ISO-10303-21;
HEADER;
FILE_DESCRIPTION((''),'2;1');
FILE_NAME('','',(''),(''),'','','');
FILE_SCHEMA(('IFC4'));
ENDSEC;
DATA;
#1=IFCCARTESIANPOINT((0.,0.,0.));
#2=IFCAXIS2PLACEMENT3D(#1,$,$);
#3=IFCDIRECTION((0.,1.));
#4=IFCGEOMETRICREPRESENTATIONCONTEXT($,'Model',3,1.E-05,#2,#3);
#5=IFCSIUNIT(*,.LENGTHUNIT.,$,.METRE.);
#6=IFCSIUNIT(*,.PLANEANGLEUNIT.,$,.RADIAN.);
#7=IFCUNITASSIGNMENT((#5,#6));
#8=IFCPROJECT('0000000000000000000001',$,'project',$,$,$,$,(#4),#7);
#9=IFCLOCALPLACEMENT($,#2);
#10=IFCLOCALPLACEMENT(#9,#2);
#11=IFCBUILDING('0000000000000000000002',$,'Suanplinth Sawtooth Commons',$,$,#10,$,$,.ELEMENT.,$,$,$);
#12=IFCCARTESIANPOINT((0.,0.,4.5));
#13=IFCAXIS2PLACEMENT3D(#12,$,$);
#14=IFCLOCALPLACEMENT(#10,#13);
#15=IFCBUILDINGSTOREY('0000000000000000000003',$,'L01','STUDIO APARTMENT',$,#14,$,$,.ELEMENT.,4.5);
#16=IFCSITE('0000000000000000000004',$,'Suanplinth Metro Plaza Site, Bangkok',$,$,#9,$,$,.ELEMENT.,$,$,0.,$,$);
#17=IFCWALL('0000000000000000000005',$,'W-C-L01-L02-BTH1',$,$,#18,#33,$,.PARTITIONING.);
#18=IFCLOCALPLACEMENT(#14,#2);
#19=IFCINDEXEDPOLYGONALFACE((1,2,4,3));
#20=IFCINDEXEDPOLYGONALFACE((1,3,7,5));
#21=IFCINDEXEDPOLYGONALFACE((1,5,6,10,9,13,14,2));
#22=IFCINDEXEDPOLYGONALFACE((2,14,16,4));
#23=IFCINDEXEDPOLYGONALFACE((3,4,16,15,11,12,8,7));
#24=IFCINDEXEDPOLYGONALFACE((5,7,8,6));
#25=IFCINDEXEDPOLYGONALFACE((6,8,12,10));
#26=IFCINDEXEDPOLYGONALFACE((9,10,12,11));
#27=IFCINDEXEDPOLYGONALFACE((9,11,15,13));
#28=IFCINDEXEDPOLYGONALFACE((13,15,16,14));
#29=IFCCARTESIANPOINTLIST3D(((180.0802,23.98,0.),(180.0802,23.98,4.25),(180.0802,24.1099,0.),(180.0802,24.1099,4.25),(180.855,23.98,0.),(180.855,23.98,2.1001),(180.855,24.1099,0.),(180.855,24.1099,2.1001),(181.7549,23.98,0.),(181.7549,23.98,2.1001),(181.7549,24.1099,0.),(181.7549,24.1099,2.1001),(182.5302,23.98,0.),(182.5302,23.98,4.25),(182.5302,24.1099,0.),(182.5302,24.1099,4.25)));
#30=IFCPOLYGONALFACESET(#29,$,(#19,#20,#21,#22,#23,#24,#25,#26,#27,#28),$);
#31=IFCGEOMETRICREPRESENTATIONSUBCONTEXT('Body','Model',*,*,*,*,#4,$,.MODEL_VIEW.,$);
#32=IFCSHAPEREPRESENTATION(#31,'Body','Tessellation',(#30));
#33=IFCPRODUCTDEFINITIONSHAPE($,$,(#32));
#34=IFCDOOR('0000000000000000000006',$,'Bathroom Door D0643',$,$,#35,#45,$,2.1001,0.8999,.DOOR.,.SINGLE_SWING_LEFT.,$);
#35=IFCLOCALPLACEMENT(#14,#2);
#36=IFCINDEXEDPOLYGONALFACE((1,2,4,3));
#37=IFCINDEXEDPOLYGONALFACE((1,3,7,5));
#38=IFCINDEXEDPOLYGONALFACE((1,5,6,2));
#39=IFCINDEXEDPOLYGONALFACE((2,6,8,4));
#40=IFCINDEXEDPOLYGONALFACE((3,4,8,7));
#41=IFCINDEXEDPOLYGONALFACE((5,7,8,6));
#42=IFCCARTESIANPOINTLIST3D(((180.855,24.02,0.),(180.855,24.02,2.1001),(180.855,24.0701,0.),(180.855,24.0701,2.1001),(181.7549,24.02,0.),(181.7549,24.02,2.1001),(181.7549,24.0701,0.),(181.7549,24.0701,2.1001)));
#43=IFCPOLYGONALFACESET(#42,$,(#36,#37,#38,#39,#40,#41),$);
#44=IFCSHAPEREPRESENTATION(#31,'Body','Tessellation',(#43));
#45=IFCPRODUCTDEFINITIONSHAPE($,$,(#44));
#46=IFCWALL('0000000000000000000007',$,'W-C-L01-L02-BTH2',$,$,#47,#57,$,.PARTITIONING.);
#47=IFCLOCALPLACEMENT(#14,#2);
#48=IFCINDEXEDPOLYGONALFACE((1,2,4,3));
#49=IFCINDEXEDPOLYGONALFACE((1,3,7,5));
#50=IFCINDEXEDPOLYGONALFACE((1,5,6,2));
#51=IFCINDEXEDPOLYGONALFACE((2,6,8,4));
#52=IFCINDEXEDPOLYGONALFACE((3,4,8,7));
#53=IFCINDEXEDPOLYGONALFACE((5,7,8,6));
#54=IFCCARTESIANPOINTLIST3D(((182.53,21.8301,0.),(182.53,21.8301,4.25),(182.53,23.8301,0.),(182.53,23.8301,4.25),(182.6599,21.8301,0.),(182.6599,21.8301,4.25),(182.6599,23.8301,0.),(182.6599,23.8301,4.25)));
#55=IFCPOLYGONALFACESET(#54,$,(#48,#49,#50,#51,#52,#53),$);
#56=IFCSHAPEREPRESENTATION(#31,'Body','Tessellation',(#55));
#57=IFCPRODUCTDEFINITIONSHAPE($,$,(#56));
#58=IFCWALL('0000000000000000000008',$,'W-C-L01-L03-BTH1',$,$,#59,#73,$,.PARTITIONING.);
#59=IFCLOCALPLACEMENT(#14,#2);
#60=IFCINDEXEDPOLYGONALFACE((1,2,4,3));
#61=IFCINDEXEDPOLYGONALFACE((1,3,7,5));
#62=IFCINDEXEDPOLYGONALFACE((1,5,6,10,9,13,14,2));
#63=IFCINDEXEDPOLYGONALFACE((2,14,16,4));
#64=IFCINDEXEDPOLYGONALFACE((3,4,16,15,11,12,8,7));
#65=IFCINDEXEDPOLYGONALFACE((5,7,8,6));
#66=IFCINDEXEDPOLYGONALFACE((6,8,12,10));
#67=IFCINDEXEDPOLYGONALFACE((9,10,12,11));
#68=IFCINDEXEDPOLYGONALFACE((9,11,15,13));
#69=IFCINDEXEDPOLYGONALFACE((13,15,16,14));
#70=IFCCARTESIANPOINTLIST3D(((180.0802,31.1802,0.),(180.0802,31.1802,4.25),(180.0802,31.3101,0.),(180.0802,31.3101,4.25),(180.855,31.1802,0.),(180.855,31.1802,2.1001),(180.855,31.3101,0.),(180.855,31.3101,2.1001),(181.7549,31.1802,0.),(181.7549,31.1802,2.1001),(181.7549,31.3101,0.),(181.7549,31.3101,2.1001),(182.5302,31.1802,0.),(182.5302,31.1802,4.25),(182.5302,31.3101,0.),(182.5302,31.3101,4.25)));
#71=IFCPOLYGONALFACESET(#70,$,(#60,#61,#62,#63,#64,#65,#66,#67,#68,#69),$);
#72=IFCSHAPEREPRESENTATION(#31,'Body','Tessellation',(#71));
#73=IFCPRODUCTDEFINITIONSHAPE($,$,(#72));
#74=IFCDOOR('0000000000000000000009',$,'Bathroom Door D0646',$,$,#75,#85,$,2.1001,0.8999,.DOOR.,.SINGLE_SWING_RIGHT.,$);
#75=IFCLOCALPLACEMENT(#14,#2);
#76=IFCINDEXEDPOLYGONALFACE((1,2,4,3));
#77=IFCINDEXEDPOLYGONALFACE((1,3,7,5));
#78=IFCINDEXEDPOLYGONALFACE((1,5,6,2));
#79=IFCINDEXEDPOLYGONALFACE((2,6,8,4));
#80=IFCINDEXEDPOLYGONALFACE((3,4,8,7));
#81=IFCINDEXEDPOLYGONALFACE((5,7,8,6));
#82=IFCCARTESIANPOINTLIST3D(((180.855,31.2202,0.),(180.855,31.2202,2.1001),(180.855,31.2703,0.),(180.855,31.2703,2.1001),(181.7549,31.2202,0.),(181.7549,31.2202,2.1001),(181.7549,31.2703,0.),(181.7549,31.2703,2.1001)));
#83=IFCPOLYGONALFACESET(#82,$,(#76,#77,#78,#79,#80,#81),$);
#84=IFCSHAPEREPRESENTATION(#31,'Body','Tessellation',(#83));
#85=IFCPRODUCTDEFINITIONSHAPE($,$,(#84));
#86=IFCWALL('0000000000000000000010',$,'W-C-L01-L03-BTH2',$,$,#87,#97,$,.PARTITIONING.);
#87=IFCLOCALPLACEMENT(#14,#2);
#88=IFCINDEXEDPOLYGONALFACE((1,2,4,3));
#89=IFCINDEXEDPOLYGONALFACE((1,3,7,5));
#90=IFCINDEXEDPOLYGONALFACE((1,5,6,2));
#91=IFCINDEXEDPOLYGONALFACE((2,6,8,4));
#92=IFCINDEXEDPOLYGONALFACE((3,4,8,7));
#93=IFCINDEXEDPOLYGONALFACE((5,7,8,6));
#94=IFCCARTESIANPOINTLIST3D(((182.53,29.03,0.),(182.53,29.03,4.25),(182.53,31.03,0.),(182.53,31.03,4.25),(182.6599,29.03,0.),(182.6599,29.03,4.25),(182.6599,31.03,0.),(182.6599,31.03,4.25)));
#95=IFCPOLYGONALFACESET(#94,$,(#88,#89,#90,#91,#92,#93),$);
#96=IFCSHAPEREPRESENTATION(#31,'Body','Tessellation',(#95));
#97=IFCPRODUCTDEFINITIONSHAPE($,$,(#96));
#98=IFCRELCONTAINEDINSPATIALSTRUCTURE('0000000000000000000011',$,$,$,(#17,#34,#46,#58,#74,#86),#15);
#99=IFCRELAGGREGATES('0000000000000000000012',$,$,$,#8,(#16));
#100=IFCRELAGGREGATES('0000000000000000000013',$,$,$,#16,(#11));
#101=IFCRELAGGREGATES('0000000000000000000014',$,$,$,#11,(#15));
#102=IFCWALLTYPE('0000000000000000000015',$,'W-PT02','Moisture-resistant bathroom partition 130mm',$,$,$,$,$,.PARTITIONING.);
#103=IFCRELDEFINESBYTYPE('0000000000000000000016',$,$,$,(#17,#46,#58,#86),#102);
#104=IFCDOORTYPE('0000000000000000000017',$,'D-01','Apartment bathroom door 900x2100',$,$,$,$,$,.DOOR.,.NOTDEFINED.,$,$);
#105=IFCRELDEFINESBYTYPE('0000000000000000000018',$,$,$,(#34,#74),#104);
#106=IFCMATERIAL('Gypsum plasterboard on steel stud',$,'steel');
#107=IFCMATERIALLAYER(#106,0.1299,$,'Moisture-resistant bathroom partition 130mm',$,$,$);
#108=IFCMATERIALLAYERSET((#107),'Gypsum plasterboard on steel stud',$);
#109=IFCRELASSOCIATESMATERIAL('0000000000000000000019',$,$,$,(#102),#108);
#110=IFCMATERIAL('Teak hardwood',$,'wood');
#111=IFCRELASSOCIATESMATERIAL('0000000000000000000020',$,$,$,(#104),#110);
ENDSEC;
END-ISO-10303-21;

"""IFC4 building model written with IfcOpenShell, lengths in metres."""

from ifc_helpers import new_model, si_unit, direction, frame, frame_2d, origin, place, context, subcontext, project, spatial, rectangle, extrude, material, layer, layer_set, type_object, element, fill, save


model = new_model("IFC4")

# Units and contexts
model_context = context("Model", 3, precision=1e-05, world=origin(), true_north=direction((0.0, 1.0)))
body_context = subcontext(model_context, "Body", "Model", "MODEL_VIEW")
ifc_project = project(units=[si_unit("LENGTHUNIT", "METRE"), si_unit("PLANEANGLEUNIT", "RADIAN")], contexts=[model_context])

# Site, building, storey
site_placement = place(None, origin())
site = spatial("IfcSite", under=ifc_project, at=site_placement, Name="Suanplinth Metro Plaza Site, Bangkok", CompositionType="ELEMENT", RefElevation=0.0)
building_placement = place(site_placement, origin())
building = spatial("IfcBuilding", under=site, at=building_placement, Name="Suanplinth Sawtooth Commons", CompositionType="ELEMENT")
storey_placement = place(building_placement, frame((0.0, 0.0, 4.5)))
storey = spatial("IfcBuildingStorey", under=building, at=storey_placement, Name="L01", Description="STUDIO APARTMENT", CompositionType="ELEMENT", Elevation=4.5)

# Wall, opening, door
ifc_material_1 = material(Name="Gypsum plasterboard on steel stud", Category="steel")
ifc_layer_1 = layer(ifc_material_1, 0.1299, Name="Moisture-resistant bathroom partition 130mm")
ifc_layer_set_1 = layer_set([ifc_layer_1], Name="Gypsum plasterboard on steel stud")
wall_type_1 = type_object("IfcWallType", Name="W-PT02", Description="Moisture-resistant bathroom partition 130mm", PredefinedType="PARTITIONING", material=ifc_layer_set_1)
wall_1_placement = place(storey_placement, frame((180.0801, 24.0449, 0.0), z_axis=(0.0, 0.0, 1.0), x_axis=(1.0, 0.0, 0.0)))
wall_1 = element("IfcWall", 1, at=wall_1_placement, inside=storey, type_object=wall_type_1, Name="W-C-L01-L02-BTH1", PredefinedType="PARTITIONING", context=body_context, shape_type="SweptSolid", body=[
    extrude(rectangle(XDim=2.45, YDim=0.1299, at=frame_2d((1.2251, 0.0))), origin(), (0.0, 0.0, 1.0), 4.25),
])
opening_1_placement = place(wall_1_placement, frame((0.7749, 0.0, 0.0)))
opening_1 = element("IfcOpeningElement", 2, at=opening_1_placement, cuts=wall_1, PredefinedType="OPENING", context=body_context, shape_type="SweptSolid", body=[
    extrude(rectangle(XDim=0.8999, YDim=2.1001, at=frame_2d((0.45, 1.05))), frame((0.0, 0.0798, 0.0), z_axis=(0.0, -1.0, 0.0), x_axis=(1.0, 0.0, 0.0)), (0.0, 0.0, 1.0), 0.1597),
])
ifc_material_2 = material(Name="Teak hardwood", Category="wood")
door_type_1 = type_object("IfcDoorType", Name="D-01", Description="Apartment bathroom door 900x2100", OperationType="NOTDEFINED", PredefinedType="DOOR", material=ifc_material_2)
door_1_placement = place(opening_1_placement, frame((0.8999, 0.0, 0.0), z_axis=(0.0, 0.0, 1.0), x_axis=(-1.0, 0.0, 0.0)))
door_1 = element("IfcDoor", 3, at=door_1_placement, inside=storey, type_object=door_type_1, Name="Bathroom Door D0643", OperationType="SINGLE_SWING_LEFT", OverallHeight=2.1001, OverallWidth=0.8999, PredefinedType="DOOR", context=body_context, shape_type="SweptSolid", body=[
    extrude(rectangle(XDim=0.8999, YDim=2.1001, at=frame_2d((0.45, 1.05))), frame((0.0, 0.0249, 0.0), z_axis=(0.0, -1.0, 0.0), x_axis=(1.0, 0.0, 0.0)), (0.0, 0.0, 1.0), 0.05),
])
fill(opening_1, door_1)

# Wall
wall_2_placement = place(storey_placement, frame((182.595, 21.8301, 0.0), z_axis=(0.0, 0.0, 1.0), x_axis=(0.0, 1.0, 0.0)))
element("IfcWall", 4, at=wall_2_placement, inside=storey, type_object=wall_type_1, Name="W-C-L01-L02-BTH2", PredefinedType="PARTITIONING", context=body_context, shape_type="SweptSolid", body=[
    extrude(rectangle(XDim=2.0, YDim=0.1299, at=frame_2d((1.0, 0.0))), origin(), (0.0, 0.0, 1.0), 4.25),
])

# Wall, opening, door
wall_3_placement = place(storey_placement, frame((180.0801, 31.2451, 0.0), z_axis=(0.0, 0.0, 1.0), x_axis=(1.0, 0.0, 0.0)))
wall_3 = element("IfcWall", 5, at=wall_3_placement, inside=storey, type_object=wall_type_1, Name="W-C-L01-L03-BTH1", PredefinedType="PARTITIONING", context=body_context, shape_type="SweptSolid", body=[
    extrude(rectangle(XDim=2.45, YDim=0.1299, at=frame_2d((1.2251, 0.0))), origin(), (0.0, 0.0, 1.0), 4.25),
])
opening_2_placement = place(wall_3_placement, frame((0.7749, 0.0, 0.0)))
opening_2 = element("IfcOpeningElement", 6, at=opening_2_placement, cuts=wall_3, PredefinedType="OPENING", context=body_context, shape_type="SweptSolid", body=[
    extrude(rectangle(XDim=0.8999, YDim=2.1001, at=frame_2d((0.45, 1.05))), frame((0.0, 0.0798, 0.0), z_axis=(0.0, -1.0, 0.0), x_axis=(1.0, 0.0, 0.0)), (0.0, 0.0, 1.0), 0.1597),
])
door_2_placement = place(opening_2_placement, frame((0.8999, 0.0, 0.0), z_axis=(0.0, 0.0, 1.0), x_axis=(-1.0, 0.0, 0.0)))
door_2 = element("IfcDoor", 7, at=door_2_placement, inside=storey, type_object=door_type_1, Name="Bathroom Door D0646", OperationType="SINGLE_SWING_RIGHT", OverallHeight=2.1001, OverallWidth=0.8999, PredefinedType="DOOR", context=body_context, shape_type="SweptSolid", body=[
    extrude(rectangle(XDim=0.8999, YDim=2.1001, at=frame_2d((0.45, 1.05))), frame((0.0, 0.0249, 0.0), z_axis=(0.0, -1.0, 0.0), x_axis=(1.0, 0.0, 0.0)), (0.0, 0.0, 1.0), 0.05),
])
fill(opening_2, door_2)

# Wall
wall_4_placement = place(storey_placement, frame((182.595, 29.03, 0.0), z_axis=(0.0, 0.0, 1.0), x_axis=(0.0, 1.0, 0.0)))
element("IfcWall", 8, at=wall_4_placement, inside=storey, type_object=wall_type_1, Name="W-C-L01-L03-BTH2", PredefinedType="PARTITIONING", context=body_context, shape_type="SweptSolid", body=[
    extrude(rectangle(XDim=2.0, YDim=0.1299, at=frame_2d((1.0, 0.0))), origin(), (0.0, 0.0, 1.0), 4.25),
])

save(model, "model.ifc")
